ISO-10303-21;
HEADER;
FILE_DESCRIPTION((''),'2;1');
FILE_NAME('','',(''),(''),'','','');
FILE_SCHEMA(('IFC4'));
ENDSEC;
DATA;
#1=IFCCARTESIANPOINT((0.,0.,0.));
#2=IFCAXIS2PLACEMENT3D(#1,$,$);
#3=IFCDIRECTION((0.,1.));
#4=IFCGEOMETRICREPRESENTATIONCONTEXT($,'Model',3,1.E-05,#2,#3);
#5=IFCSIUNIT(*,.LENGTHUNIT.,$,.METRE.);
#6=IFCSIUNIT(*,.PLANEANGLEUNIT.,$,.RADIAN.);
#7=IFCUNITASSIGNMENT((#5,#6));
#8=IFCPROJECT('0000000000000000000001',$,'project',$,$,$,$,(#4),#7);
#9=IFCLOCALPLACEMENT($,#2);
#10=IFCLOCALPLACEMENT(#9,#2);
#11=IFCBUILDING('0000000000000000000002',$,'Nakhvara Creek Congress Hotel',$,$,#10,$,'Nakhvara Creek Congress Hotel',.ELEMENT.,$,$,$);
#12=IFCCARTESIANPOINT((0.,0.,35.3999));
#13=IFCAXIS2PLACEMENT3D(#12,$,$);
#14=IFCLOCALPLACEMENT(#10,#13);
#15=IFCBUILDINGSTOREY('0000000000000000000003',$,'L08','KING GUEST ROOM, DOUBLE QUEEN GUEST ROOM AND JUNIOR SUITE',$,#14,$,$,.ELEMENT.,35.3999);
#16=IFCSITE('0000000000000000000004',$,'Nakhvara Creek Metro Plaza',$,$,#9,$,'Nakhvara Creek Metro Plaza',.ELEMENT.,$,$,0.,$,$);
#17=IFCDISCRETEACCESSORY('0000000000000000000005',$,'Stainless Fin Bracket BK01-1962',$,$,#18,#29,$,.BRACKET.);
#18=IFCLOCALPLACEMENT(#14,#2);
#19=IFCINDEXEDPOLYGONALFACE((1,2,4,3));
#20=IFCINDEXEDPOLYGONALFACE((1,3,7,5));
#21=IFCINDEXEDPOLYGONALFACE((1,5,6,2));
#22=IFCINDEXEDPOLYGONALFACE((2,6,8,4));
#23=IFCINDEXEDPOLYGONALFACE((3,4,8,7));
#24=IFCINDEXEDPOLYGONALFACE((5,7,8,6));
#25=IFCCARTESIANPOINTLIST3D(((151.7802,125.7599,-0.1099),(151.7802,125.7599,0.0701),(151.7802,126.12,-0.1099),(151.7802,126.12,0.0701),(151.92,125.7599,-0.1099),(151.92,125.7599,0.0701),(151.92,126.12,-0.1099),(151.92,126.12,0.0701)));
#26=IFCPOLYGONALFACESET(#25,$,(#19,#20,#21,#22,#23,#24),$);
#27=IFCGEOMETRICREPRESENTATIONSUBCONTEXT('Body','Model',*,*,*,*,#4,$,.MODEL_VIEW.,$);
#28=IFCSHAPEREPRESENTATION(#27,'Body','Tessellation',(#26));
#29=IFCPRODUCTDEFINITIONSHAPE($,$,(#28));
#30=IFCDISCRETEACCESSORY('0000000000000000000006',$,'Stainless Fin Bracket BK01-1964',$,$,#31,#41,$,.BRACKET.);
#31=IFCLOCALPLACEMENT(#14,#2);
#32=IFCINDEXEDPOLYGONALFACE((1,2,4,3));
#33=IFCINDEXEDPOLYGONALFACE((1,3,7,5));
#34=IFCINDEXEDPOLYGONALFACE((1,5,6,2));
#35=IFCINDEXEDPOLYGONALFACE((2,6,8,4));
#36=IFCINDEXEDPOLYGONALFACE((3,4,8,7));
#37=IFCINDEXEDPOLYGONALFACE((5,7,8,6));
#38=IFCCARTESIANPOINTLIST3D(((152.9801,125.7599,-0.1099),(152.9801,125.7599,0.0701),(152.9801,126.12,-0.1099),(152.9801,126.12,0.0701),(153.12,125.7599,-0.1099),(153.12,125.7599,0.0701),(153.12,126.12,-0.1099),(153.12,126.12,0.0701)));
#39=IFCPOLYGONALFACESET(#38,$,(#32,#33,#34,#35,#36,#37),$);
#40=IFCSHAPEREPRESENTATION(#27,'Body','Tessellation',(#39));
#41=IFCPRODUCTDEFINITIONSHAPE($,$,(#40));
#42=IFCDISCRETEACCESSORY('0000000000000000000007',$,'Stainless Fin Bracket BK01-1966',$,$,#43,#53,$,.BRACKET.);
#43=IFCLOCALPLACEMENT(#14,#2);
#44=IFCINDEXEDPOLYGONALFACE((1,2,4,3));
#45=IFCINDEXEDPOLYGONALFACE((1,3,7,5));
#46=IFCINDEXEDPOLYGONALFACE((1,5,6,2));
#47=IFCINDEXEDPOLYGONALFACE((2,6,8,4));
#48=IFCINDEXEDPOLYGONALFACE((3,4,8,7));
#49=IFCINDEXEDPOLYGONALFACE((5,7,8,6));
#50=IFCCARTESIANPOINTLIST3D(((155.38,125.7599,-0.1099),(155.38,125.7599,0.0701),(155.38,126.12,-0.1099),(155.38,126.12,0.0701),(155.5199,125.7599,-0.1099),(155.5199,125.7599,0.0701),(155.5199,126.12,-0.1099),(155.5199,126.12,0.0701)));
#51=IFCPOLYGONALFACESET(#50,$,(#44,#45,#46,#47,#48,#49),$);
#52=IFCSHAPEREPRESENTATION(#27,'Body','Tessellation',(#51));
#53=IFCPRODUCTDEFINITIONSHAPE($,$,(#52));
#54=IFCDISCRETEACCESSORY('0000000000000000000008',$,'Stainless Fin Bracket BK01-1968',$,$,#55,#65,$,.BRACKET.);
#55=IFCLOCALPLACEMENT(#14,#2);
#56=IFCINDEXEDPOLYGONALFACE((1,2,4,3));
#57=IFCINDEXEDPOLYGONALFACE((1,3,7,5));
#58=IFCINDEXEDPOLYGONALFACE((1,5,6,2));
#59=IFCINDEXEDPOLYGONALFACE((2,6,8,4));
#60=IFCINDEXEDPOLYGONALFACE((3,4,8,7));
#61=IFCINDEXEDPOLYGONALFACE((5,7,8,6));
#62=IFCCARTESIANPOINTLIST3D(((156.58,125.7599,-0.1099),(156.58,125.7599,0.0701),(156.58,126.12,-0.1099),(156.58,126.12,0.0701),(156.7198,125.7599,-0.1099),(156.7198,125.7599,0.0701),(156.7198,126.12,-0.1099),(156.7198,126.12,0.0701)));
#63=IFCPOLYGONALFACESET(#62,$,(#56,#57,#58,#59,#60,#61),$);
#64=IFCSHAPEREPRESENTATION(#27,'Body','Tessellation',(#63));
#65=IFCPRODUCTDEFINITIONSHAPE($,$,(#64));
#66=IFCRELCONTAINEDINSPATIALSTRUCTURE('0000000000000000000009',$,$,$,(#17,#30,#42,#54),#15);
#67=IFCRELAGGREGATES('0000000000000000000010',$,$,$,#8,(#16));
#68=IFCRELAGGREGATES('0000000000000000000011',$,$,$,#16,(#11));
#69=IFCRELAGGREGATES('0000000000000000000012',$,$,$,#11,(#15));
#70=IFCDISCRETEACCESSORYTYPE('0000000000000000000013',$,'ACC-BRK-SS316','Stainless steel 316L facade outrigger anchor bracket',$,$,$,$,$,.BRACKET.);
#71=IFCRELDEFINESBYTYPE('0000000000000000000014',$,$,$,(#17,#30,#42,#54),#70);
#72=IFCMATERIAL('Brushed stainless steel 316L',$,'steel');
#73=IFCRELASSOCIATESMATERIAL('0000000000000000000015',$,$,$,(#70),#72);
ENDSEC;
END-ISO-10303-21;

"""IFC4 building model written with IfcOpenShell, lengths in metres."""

from ifc_helpers import new_model, si_unit, direction, frame, origin, origin_2d, place, context, subcontext, project, spatial, rectangle, extrude, material, type_object, element, save


model = new_model("IFC4")

# Units and contexts
model_context = context("Model", 3, precision=1e-05, world=origin(), true_north=direction((0.0, 1.0)))
body_context = subcontext(model_context, "Body", "Model", "MODEL_VIEW")
ifc_project = project(units=[si_unit("LENGTHUNIT", "METRE"), si_unit("PLANEANGLEUNIT", "RADIAN")], contexts=[model_context])

# Site, building, storey
site_placement = place(None, origin())
site = spatial("IfcSite", under=ifc_project, at=site_placement, Name="Nakhvara Creek Metro Plaza", LongName="Nakhvara Creek Metro Plaza", CompositionType="ELEMENT", RefElevation=0.0)
building_placement = place(site_placement, origin())
building = spatial("IfcBuilding", under=site, at=building_placement, Name="Nakhvara Creek Congress Hotel", LongName="Nakhvara Creek Congress Hotel", CompositionType="ELEMENT")
storey_placement = place(building_placement, frame((0.0, 0.0, 35.3999)))
storey = spatial("IfcBuildingStorey", under=building, at=storey_placement, Name="L08", Description="KING GUEST ROOM, DOUBLE QUEEN GUEST ROOM AND JUNIOR SUITE", CompositionType="ELEMENT", Elevation=35.3999)

# Discrete accessories
ifc_material_1 = material(Name="Brushed stainless steel 316L", Category="steel")
discrete_accessory_type = type_object("IfcDiscreteAccessoryType", Name="ACC-BRK-SS316", Description="Stainless steel 316L facade outrigger anchor bracket", PredefinedType="BRACKET", material=ifc_material_1)
for number, where, z_axis, x_axis, name in (
    (1, (151.8501, 125.9399, -0.1099), (0.0, 0.0, 1.0), (1.0, 0.0, 0.0), "Stainless Fin Bracket BK01-1962"),
    (2, (153.05, 125.9399, -0.1099), (0.0, 0.0, 1.0), (1.0, 0.0, 0.0), "Stainless Fin Bracket BK01-1964"),
    (3, (155.45, 125.9399, -0.1099), (0.0, 0.0, 1.0), (1.0, 0.0, 0.0), "Stainless Fin Bracket BK01-1966"),
    (4, (156.6499, 125.9399, -0.1099), (0.0, 0.0, 1.0), (1.0, 0.0, 0.0), "Stainless Fin Bracket BK01-1968"),
):
    element("IfcDiscreteAccessory", number, at=place(storey_placement, frame(where, z_axis=z_axis, x_axis=x_axis)), inside=storey, type_object=discrete_accessory_type, Name=name, PredefinedType="BRACKET", context=body_context, shape_type="SweptSolid", body=[
        extrude(rectangle(XDim=0.1399, YDim=0.3601, at=origin_2d()), origin(), (0.0, 0.0, 1.0), 0.1799),
    ])

save(model, "model.ifc")
